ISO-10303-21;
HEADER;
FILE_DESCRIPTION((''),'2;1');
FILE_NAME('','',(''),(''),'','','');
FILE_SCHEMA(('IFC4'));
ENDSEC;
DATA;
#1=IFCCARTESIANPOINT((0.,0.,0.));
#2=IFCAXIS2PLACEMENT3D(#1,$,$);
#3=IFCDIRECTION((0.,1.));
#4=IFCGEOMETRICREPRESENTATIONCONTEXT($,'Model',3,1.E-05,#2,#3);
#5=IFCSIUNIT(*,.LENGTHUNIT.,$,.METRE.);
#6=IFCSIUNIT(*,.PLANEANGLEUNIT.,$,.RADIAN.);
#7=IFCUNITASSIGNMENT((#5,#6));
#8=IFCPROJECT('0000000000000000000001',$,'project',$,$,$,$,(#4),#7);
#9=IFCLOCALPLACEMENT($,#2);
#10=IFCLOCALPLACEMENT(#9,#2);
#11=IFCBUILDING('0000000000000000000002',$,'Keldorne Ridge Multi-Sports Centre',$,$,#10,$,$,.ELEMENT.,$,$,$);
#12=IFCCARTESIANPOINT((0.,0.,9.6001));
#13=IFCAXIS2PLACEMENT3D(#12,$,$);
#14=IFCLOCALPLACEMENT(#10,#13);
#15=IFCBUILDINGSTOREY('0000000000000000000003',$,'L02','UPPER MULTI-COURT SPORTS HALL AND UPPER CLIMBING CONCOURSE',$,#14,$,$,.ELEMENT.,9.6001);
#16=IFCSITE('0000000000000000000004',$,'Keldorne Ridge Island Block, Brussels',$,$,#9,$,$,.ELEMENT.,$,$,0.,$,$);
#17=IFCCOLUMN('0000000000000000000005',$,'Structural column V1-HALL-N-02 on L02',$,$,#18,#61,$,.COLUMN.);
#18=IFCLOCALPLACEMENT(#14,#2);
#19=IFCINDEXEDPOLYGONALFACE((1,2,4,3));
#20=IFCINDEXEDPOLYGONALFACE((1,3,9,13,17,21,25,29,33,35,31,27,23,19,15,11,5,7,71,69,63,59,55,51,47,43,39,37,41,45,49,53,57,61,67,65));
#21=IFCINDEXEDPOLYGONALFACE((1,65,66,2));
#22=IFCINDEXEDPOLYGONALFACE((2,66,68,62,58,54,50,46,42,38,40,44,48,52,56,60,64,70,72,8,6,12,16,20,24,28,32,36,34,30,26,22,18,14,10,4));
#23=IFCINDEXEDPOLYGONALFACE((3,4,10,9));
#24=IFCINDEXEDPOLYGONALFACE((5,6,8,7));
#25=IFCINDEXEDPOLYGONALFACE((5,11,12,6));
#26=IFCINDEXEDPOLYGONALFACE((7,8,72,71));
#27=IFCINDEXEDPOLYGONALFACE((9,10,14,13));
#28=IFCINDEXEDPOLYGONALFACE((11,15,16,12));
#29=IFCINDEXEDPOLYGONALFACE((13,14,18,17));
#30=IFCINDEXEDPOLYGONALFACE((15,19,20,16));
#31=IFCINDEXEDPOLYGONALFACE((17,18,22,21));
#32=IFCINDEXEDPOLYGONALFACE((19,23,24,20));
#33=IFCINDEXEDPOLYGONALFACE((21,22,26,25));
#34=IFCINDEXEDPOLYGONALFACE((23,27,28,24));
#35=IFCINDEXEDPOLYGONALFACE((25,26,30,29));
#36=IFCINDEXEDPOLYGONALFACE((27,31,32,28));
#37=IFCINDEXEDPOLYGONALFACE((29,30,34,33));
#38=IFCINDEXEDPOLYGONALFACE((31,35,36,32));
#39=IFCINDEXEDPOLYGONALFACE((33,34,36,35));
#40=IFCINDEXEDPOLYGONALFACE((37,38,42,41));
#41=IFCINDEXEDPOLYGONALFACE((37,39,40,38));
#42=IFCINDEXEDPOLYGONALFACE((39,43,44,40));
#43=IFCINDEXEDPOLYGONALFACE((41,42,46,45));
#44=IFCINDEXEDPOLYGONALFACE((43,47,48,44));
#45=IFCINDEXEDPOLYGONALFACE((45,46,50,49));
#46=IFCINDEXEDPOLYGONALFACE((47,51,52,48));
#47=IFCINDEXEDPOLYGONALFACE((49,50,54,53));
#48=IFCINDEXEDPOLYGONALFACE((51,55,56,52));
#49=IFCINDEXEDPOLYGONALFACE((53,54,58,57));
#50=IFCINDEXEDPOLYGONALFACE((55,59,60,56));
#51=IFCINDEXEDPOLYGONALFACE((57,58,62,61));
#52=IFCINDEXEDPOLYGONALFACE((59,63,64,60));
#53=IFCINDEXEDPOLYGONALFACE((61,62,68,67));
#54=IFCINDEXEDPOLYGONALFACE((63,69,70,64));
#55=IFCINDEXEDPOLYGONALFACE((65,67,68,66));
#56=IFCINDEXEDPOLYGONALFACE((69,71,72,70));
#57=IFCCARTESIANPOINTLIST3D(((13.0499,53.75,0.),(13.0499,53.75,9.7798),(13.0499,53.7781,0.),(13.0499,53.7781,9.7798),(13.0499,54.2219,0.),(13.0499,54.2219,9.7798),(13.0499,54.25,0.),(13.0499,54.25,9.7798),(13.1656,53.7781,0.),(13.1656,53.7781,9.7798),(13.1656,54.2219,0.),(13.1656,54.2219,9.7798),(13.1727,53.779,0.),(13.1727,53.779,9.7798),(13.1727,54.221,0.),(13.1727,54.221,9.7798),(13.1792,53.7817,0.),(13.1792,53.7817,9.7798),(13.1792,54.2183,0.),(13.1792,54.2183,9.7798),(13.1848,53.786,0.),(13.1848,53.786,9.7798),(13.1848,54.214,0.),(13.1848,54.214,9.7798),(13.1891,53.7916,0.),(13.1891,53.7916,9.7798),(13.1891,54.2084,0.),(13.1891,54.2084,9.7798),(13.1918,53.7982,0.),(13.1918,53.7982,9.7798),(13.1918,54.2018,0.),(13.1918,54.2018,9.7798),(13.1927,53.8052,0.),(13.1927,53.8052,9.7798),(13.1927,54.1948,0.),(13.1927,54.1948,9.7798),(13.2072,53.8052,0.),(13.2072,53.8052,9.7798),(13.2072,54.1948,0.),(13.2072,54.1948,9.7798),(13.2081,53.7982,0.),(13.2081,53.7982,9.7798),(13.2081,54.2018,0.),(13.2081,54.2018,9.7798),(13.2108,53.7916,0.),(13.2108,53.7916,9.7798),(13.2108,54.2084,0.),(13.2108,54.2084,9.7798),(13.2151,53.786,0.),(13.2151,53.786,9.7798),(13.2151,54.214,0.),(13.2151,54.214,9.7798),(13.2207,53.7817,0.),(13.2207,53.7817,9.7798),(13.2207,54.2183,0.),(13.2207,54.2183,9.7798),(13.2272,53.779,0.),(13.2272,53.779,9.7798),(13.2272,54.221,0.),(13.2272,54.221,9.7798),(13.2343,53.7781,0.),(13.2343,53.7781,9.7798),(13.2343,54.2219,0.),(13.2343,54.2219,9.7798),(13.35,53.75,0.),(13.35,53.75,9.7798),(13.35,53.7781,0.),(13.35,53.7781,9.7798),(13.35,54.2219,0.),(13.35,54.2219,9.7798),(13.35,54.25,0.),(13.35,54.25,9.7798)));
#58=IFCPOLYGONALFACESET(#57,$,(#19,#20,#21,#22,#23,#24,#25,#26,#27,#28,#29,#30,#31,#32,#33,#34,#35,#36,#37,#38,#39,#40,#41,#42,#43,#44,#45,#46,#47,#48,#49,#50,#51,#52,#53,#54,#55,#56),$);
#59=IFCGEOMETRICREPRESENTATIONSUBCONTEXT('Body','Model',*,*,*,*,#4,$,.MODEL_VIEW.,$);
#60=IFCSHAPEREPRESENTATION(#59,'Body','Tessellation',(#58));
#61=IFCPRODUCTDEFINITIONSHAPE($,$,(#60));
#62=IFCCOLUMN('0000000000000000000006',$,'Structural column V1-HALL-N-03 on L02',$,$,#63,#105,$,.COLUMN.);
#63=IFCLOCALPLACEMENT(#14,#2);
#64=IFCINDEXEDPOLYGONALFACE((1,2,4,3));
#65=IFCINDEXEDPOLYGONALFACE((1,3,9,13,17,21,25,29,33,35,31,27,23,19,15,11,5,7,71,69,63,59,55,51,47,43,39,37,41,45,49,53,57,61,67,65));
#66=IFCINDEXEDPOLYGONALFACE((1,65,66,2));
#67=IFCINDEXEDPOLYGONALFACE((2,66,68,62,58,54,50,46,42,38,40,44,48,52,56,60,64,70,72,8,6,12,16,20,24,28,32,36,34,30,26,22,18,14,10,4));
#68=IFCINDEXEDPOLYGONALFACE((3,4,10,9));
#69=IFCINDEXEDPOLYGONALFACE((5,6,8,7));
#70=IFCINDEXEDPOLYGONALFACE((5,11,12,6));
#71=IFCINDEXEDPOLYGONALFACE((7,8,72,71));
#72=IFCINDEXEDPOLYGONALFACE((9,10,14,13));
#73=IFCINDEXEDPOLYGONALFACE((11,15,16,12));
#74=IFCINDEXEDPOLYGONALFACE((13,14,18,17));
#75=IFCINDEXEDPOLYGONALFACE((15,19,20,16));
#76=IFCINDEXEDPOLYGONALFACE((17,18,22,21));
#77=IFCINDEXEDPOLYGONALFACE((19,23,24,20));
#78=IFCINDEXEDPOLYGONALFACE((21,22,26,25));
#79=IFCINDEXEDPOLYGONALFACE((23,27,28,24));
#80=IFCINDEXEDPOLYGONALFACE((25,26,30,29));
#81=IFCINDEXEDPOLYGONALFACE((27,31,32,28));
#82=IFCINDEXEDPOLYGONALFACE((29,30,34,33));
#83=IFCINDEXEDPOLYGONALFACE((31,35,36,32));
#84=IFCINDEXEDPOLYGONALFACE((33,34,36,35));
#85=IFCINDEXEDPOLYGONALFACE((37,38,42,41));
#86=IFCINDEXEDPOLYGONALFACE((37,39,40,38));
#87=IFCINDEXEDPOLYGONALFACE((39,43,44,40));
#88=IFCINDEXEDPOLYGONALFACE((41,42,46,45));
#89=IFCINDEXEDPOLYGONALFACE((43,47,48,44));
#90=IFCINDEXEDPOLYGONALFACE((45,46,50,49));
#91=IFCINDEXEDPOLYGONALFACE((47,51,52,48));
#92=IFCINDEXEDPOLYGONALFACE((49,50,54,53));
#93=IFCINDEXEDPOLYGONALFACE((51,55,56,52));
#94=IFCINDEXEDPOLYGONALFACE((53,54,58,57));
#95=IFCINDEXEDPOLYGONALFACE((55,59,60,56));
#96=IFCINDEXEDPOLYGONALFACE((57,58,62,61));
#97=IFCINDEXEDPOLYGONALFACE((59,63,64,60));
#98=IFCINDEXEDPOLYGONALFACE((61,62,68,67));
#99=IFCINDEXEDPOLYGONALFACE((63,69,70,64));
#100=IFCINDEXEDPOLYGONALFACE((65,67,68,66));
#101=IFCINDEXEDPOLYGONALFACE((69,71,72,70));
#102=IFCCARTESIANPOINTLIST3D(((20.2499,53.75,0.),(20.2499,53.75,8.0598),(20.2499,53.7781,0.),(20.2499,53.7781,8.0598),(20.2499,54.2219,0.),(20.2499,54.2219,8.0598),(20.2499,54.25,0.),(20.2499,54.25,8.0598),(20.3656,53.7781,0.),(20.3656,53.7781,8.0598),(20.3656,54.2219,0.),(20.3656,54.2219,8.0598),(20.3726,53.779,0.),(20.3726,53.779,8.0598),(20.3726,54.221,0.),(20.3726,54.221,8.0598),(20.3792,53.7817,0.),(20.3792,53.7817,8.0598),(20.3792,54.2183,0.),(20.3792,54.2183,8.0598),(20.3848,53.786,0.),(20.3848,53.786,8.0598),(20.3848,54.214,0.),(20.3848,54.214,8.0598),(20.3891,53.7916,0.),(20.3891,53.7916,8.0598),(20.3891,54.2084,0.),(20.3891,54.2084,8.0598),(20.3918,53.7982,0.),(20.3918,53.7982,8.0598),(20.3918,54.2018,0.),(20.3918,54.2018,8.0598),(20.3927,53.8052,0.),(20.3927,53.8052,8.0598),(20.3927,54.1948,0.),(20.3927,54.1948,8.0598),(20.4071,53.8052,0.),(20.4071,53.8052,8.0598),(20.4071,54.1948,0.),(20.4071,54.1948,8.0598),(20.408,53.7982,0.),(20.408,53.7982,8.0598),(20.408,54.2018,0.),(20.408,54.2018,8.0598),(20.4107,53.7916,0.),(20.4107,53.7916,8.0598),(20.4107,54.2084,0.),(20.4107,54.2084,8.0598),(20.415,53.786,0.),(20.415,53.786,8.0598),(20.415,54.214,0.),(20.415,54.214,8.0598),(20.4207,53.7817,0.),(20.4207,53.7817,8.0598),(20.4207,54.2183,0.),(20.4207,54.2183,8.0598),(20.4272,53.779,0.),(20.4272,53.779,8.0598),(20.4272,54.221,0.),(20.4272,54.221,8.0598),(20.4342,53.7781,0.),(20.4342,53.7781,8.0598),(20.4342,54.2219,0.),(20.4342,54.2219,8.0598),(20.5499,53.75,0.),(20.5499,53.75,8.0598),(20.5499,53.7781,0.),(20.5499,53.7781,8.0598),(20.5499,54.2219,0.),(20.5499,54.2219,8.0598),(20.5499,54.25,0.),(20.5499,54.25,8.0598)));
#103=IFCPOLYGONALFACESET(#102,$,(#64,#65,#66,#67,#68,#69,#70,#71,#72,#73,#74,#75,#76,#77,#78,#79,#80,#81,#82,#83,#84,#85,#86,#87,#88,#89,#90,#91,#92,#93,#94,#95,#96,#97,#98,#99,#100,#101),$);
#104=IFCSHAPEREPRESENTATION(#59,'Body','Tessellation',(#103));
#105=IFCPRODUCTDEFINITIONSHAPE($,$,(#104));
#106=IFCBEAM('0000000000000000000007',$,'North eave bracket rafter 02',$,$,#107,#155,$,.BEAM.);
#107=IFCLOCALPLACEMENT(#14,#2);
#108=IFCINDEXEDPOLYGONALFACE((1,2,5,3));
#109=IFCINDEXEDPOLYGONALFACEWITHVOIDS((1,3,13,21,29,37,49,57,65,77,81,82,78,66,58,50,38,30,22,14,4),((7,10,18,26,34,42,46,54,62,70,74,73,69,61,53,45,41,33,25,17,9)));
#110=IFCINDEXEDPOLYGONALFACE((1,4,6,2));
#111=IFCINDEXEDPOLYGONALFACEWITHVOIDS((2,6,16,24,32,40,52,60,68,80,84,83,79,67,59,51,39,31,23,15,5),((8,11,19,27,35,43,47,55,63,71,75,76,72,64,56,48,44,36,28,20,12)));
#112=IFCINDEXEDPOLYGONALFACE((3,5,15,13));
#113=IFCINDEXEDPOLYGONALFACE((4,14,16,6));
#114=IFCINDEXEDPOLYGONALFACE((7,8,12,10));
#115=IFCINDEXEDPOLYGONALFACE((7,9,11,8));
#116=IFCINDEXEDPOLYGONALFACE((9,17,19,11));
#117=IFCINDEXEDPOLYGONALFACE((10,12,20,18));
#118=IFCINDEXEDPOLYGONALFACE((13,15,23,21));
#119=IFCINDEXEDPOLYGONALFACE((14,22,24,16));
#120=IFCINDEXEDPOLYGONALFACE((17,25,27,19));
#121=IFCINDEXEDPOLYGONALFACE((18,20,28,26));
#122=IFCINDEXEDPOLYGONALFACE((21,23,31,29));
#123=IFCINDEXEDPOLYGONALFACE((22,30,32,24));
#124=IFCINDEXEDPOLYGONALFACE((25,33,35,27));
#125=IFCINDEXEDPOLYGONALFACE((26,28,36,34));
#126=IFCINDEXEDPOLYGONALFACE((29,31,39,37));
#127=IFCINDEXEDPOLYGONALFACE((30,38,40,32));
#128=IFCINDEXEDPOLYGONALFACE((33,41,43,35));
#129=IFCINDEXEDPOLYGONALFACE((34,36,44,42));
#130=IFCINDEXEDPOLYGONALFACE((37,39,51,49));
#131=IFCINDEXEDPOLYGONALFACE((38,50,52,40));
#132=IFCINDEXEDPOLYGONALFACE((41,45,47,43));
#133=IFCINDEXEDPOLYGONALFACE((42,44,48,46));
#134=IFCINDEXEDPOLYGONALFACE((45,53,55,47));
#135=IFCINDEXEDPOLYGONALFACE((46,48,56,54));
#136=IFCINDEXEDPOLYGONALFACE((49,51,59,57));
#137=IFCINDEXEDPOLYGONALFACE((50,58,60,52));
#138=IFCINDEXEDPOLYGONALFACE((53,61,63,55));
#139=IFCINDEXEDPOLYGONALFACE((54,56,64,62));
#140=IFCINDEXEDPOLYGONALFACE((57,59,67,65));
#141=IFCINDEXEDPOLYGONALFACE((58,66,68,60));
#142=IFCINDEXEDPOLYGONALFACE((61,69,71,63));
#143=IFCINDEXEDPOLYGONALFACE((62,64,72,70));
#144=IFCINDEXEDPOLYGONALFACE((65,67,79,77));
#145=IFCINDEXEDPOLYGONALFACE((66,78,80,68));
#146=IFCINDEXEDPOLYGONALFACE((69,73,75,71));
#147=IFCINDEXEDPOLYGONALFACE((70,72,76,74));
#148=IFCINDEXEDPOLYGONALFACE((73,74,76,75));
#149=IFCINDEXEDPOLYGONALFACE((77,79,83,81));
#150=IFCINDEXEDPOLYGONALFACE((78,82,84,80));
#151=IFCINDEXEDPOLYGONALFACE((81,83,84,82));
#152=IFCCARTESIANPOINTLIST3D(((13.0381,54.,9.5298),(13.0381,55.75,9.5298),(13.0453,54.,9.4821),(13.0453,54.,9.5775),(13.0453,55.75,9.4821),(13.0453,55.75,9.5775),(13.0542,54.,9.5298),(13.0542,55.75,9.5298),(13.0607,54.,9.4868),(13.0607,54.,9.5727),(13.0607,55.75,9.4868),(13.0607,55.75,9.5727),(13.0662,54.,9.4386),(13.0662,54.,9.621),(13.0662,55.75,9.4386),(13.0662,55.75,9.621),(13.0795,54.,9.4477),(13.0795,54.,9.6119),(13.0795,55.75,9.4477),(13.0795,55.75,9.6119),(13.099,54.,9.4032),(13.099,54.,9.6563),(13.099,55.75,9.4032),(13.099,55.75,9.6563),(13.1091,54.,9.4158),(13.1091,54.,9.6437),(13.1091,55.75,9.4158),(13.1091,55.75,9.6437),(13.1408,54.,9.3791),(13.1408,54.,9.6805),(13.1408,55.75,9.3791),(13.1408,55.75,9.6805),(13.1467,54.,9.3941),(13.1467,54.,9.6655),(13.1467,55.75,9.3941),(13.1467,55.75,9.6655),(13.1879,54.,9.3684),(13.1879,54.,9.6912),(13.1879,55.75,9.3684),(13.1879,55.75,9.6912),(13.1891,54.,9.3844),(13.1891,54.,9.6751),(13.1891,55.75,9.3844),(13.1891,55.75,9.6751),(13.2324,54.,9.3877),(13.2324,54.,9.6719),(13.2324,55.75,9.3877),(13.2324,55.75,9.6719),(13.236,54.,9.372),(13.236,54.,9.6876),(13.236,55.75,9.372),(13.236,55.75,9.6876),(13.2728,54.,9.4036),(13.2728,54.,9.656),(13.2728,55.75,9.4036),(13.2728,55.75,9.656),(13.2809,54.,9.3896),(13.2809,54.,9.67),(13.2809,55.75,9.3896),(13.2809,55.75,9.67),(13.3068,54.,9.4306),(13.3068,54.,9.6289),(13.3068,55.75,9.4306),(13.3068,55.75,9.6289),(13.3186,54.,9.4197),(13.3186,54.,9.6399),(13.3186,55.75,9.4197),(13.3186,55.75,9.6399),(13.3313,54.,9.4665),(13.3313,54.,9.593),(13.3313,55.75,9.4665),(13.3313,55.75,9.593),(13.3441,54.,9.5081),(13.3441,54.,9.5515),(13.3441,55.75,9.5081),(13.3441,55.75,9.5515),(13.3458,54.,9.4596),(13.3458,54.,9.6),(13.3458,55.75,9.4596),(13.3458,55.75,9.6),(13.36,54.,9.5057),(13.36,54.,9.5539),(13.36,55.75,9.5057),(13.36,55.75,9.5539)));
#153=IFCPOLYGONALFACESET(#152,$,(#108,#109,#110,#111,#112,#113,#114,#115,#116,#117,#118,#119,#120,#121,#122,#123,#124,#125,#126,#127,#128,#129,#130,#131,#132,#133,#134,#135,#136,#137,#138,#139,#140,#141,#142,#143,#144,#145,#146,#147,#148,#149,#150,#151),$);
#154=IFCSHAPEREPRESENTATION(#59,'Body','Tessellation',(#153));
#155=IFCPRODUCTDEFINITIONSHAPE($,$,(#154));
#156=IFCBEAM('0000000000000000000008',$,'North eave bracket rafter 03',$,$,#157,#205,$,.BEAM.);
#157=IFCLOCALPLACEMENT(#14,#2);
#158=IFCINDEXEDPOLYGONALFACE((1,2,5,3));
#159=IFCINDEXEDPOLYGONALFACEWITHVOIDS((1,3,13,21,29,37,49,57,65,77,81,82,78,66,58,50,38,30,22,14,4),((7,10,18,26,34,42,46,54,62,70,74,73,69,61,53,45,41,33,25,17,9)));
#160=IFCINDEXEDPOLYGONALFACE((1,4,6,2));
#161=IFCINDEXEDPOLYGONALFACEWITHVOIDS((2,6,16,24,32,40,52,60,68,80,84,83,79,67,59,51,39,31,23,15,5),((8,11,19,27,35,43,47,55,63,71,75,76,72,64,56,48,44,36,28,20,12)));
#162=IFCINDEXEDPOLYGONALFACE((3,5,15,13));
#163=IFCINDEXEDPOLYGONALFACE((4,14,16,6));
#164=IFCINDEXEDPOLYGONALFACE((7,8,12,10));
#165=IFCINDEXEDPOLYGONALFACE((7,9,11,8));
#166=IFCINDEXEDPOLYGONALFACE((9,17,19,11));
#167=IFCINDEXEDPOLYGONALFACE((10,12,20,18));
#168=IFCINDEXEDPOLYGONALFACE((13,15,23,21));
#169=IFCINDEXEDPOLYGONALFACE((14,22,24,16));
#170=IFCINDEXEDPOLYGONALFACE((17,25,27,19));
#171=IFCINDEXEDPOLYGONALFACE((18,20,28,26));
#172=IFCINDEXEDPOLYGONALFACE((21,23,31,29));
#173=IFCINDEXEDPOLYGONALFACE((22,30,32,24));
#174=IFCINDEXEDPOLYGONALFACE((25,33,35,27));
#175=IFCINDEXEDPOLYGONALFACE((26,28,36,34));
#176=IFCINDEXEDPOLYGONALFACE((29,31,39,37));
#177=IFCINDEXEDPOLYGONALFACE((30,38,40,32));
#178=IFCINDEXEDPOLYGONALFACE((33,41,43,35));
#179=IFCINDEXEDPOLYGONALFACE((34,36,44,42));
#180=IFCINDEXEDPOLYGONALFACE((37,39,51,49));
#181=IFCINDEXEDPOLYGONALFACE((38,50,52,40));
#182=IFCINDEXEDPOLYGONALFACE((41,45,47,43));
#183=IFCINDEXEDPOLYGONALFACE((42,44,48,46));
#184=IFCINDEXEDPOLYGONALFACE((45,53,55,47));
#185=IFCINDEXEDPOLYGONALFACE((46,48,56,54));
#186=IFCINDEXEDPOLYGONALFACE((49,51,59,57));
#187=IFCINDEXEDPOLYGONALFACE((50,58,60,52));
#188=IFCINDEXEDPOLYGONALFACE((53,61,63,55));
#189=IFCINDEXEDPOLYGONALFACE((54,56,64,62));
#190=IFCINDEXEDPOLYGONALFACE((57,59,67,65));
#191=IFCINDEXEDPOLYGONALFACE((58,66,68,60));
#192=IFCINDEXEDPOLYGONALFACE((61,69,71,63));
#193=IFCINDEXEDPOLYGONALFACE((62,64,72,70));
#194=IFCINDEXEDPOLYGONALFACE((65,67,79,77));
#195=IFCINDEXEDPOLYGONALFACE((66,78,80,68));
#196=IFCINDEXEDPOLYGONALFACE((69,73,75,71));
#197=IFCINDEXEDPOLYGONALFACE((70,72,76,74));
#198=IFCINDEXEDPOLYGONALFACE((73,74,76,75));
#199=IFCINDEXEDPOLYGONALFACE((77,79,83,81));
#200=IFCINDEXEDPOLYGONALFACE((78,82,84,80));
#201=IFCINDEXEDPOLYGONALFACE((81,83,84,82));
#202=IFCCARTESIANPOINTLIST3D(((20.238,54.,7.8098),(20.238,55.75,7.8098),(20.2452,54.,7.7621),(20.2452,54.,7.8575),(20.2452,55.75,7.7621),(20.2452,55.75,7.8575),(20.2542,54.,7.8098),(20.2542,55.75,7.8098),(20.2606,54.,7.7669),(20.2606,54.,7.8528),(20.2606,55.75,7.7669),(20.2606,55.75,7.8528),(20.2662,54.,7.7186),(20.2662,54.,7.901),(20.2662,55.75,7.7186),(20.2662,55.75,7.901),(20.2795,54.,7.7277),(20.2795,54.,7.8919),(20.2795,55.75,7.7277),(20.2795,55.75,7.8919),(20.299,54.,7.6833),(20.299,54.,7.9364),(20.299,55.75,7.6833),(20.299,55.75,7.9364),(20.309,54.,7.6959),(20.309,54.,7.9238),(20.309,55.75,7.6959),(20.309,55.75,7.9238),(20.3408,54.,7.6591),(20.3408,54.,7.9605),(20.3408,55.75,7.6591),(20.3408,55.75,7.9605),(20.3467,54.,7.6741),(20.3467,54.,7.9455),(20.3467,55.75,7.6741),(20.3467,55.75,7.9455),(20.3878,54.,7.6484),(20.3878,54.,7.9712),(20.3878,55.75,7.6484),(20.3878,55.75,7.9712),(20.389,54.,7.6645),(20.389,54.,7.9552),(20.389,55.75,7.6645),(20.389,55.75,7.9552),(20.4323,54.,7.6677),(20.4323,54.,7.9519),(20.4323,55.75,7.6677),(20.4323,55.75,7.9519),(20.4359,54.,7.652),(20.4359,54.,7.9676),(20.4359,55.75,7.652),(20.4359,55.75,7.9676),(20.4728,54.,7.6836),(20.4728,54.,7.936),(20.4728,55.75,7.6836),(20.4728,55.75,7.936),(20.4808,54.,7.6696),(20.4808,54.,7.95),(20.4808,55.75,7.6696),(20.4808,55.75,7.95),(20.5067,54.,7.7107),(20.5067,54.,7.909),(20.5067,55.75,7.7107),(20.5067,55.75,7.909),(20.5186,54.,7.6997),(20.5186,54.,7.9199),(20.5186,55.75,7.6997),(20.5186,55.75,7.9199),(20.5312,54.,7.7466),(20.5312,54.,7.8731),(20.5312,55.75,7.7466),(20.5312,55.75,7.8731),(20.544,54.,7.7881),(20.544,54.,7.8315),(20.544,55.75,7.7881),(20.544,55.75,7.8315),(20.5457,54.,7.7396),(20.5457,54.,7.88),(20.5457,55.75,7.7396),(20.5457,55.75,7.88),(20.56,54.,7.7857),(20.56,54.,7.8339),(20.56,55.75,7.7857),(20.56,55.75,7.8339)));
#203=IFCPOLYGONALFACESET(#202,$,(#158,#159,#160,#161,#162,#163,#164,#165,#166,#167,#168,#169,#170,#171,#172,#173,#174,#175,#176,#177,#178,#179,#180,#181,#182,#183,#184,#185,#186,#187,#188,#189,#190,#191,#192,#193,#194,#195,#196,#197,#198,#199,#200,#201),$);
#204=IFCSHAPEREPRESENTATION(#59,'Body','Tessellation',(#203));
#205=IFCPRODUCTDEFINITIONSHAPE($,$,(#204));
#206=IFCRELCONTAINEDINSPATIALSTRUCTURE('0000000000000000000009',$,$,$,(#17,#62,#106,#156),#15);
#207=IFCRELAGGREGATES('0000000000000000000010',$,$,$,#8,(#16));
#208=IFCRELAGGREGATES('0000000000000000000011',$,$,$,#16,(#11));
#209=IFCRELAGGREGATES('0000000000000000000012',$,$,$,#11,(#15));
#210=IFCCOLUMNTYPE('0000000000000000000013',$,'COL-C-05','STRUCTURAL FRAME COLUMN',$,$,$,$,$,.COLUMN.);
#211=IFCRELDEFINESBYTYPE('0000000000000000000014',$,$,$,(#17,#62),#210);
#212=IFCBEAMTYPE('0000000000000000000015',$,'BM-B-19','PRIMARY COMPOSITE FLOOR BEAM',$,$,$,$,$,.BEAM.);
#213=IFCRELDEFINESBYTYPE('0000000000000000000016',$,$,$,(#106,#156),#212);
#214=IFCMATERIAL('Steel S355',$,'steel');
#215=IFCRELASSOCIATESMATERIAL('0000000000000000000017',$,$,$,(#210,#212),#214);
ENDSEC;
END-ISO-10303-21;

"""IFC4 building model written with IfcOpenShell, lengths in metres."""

from ifc_helpers import new_model, si_unit, direction, frame, origin, origin_2d, place, context, subcontext, project, spatial, hollow_circle, i_section, extrude, material, material_profile, profile_set, type_object, element, save


model = new_model("IFC4")

# Units and contexts
model_context = context("Model", 3, precision=1e-05, world=origin(), true_north=direction((0.0, 1.0)))
body_context = subcontext(model_context, "Body", "Model", "MODEL_VIEW")
ifc_project = project(units=[si_unit("LENGTHUNIT", "METRE"), si_unit("PLANEANGLEUNIT", "RADIAN")], contexts=[model_context])

# Site, building, storey
site_placement = place(None, origin())
site = spatial("IfcSite", under=ifc_project, at=site_placement, Name="Keldorne Ridge Island Block, Brussels", CompositionType="ELEMENT", RefElevation=0.0)
building_placement = place(site_placement, origin())
building = spatial("IfcBuilding", under=site, at=building_placement, Name="Keldorne Ridge Multi-Sports Centre", CompositionType="ELEMENT")
storey_placement = place(building_placement, frame((0.0, 0.0, 9.6001)))
storey = spatial("IfcBuildingStorey", under=building, at=storey_placement, Name="L02", Description="UPPER MULTI-COURT SPORTS HALL AND UPPER CLIMBING CONCOURSE", CompositionType="ELEMENT", Elevation=9.6001)

# Columns
ifc_material_1 = material(Name="Steel S355", Category="steel")
ifc_material_profile_1 = material_profile(ifc_material_1, i_section(OverallWidth=0.3, OverallDepth=0.5, WebThickness=0.0144, FlangeThickness=0.0281, FilletRadius=0.0271, at=origin_2d()), Name="HEB 500")
ifc_profile_set_1 = profile_set([ifc_material_profile_1], Name="Steel S355")
column_type = type_object("IfcColumnType", Name="COL-C-05", Description="STRUCTURAL FRAME COLUMN", PredefinedType="COLUMN", material=ifc_profile_set_1)
column_1_placement = place(storey_placement, frame((13.2, 54.0, 0.0), z_axis=(0.0, 0.0, 1.0), x_axis=(1.0, 0.0, 0.0)))
element("IfcColumn", 1, at=column_1_placement, inside=storey, type_object=column_type, Name="Structural column V1-HALL-N-02 on L02", PredefinedType="COLUMN", context=body_context, shape_type="SweptSolid", body=[
    extrude(i_section(OverallWidth=0.3, OverallDepth=0.5, WebThickness=0.0144, FlangeThickness=0.0281, FilletRadius=0.0271, at=origin_2d()), origin(), (0.0, 0.0, 1.0), 9.7798),
])
column_2_placement = place(storey_placement, frame((20.3999, 54.0, 0.0), z_axis=(0.0, 0.0, 1.0), x_axis=(1.0, 0.0, 0.0)))
element("IfcColumn", 2, at=column_2_placement, inside=storey, type_object=column_type, Name="Structural column V1-HALL-N-03 on L02", PredefinedType="COLUMN", context=body_context, shape_type="SweptSolid", body=[
    extrude(i_section(OverallWidth=0.3, OverallDepth=0.5, WebThickness=0.0144, FlangeThickness=0.0281, FilletRadius=0.0271, at=origin_2d()), origin(), (0.0, 0.0, 1.0), 8.0598),
])

# Beams
ifc_material_profile_2 = material_profile(ifc_material_1, hollow_circle(Radius=0.1619, WallThickness=0.0161, at=origin_2d()), Name="CHS 323.9x16")
ifc_profile_set_2 = profile_set([ifc_material_profile_2], Name="Steel S355")
beam_type = type_object("IfcBeamType", Name="BM-B-19", Description="PRIMARY COMPOSITE FLOOR BEAM", PredefinedType="BEAM", material=ifc_profile_set_2)
for number, where, z_axis, x_axis, name in (
    (3, (13.2, 54.0, 9.5298), (0.0, 1.0, 0.0), (-1.0, 0.0, 0.0), "North eave bracket rafter 02"),
    (4, (20.3999, 54.0, 7.8098), (0.0, 1.0, 0.0), (-1.0, 0.0, 0.0), "North eave bracket rafter 03"),
):
    element("IfcBeam", number, at=place(storey_placement, frame(where, z_axis=z_axis, x_axis=x_axis)), inside=storey, type_object=beam_type, Name=name, PredefinedType="BEAM", context=body_context, shape_type="SweptSolid", body=[
        extrude(hollow_circle(Radius=0.1619, WallThickness=0.0161, at=origin_2d()), origin(), (0.0, 0.0, 1.0), 1.75),
    ])

save(model, "model.ifc")
